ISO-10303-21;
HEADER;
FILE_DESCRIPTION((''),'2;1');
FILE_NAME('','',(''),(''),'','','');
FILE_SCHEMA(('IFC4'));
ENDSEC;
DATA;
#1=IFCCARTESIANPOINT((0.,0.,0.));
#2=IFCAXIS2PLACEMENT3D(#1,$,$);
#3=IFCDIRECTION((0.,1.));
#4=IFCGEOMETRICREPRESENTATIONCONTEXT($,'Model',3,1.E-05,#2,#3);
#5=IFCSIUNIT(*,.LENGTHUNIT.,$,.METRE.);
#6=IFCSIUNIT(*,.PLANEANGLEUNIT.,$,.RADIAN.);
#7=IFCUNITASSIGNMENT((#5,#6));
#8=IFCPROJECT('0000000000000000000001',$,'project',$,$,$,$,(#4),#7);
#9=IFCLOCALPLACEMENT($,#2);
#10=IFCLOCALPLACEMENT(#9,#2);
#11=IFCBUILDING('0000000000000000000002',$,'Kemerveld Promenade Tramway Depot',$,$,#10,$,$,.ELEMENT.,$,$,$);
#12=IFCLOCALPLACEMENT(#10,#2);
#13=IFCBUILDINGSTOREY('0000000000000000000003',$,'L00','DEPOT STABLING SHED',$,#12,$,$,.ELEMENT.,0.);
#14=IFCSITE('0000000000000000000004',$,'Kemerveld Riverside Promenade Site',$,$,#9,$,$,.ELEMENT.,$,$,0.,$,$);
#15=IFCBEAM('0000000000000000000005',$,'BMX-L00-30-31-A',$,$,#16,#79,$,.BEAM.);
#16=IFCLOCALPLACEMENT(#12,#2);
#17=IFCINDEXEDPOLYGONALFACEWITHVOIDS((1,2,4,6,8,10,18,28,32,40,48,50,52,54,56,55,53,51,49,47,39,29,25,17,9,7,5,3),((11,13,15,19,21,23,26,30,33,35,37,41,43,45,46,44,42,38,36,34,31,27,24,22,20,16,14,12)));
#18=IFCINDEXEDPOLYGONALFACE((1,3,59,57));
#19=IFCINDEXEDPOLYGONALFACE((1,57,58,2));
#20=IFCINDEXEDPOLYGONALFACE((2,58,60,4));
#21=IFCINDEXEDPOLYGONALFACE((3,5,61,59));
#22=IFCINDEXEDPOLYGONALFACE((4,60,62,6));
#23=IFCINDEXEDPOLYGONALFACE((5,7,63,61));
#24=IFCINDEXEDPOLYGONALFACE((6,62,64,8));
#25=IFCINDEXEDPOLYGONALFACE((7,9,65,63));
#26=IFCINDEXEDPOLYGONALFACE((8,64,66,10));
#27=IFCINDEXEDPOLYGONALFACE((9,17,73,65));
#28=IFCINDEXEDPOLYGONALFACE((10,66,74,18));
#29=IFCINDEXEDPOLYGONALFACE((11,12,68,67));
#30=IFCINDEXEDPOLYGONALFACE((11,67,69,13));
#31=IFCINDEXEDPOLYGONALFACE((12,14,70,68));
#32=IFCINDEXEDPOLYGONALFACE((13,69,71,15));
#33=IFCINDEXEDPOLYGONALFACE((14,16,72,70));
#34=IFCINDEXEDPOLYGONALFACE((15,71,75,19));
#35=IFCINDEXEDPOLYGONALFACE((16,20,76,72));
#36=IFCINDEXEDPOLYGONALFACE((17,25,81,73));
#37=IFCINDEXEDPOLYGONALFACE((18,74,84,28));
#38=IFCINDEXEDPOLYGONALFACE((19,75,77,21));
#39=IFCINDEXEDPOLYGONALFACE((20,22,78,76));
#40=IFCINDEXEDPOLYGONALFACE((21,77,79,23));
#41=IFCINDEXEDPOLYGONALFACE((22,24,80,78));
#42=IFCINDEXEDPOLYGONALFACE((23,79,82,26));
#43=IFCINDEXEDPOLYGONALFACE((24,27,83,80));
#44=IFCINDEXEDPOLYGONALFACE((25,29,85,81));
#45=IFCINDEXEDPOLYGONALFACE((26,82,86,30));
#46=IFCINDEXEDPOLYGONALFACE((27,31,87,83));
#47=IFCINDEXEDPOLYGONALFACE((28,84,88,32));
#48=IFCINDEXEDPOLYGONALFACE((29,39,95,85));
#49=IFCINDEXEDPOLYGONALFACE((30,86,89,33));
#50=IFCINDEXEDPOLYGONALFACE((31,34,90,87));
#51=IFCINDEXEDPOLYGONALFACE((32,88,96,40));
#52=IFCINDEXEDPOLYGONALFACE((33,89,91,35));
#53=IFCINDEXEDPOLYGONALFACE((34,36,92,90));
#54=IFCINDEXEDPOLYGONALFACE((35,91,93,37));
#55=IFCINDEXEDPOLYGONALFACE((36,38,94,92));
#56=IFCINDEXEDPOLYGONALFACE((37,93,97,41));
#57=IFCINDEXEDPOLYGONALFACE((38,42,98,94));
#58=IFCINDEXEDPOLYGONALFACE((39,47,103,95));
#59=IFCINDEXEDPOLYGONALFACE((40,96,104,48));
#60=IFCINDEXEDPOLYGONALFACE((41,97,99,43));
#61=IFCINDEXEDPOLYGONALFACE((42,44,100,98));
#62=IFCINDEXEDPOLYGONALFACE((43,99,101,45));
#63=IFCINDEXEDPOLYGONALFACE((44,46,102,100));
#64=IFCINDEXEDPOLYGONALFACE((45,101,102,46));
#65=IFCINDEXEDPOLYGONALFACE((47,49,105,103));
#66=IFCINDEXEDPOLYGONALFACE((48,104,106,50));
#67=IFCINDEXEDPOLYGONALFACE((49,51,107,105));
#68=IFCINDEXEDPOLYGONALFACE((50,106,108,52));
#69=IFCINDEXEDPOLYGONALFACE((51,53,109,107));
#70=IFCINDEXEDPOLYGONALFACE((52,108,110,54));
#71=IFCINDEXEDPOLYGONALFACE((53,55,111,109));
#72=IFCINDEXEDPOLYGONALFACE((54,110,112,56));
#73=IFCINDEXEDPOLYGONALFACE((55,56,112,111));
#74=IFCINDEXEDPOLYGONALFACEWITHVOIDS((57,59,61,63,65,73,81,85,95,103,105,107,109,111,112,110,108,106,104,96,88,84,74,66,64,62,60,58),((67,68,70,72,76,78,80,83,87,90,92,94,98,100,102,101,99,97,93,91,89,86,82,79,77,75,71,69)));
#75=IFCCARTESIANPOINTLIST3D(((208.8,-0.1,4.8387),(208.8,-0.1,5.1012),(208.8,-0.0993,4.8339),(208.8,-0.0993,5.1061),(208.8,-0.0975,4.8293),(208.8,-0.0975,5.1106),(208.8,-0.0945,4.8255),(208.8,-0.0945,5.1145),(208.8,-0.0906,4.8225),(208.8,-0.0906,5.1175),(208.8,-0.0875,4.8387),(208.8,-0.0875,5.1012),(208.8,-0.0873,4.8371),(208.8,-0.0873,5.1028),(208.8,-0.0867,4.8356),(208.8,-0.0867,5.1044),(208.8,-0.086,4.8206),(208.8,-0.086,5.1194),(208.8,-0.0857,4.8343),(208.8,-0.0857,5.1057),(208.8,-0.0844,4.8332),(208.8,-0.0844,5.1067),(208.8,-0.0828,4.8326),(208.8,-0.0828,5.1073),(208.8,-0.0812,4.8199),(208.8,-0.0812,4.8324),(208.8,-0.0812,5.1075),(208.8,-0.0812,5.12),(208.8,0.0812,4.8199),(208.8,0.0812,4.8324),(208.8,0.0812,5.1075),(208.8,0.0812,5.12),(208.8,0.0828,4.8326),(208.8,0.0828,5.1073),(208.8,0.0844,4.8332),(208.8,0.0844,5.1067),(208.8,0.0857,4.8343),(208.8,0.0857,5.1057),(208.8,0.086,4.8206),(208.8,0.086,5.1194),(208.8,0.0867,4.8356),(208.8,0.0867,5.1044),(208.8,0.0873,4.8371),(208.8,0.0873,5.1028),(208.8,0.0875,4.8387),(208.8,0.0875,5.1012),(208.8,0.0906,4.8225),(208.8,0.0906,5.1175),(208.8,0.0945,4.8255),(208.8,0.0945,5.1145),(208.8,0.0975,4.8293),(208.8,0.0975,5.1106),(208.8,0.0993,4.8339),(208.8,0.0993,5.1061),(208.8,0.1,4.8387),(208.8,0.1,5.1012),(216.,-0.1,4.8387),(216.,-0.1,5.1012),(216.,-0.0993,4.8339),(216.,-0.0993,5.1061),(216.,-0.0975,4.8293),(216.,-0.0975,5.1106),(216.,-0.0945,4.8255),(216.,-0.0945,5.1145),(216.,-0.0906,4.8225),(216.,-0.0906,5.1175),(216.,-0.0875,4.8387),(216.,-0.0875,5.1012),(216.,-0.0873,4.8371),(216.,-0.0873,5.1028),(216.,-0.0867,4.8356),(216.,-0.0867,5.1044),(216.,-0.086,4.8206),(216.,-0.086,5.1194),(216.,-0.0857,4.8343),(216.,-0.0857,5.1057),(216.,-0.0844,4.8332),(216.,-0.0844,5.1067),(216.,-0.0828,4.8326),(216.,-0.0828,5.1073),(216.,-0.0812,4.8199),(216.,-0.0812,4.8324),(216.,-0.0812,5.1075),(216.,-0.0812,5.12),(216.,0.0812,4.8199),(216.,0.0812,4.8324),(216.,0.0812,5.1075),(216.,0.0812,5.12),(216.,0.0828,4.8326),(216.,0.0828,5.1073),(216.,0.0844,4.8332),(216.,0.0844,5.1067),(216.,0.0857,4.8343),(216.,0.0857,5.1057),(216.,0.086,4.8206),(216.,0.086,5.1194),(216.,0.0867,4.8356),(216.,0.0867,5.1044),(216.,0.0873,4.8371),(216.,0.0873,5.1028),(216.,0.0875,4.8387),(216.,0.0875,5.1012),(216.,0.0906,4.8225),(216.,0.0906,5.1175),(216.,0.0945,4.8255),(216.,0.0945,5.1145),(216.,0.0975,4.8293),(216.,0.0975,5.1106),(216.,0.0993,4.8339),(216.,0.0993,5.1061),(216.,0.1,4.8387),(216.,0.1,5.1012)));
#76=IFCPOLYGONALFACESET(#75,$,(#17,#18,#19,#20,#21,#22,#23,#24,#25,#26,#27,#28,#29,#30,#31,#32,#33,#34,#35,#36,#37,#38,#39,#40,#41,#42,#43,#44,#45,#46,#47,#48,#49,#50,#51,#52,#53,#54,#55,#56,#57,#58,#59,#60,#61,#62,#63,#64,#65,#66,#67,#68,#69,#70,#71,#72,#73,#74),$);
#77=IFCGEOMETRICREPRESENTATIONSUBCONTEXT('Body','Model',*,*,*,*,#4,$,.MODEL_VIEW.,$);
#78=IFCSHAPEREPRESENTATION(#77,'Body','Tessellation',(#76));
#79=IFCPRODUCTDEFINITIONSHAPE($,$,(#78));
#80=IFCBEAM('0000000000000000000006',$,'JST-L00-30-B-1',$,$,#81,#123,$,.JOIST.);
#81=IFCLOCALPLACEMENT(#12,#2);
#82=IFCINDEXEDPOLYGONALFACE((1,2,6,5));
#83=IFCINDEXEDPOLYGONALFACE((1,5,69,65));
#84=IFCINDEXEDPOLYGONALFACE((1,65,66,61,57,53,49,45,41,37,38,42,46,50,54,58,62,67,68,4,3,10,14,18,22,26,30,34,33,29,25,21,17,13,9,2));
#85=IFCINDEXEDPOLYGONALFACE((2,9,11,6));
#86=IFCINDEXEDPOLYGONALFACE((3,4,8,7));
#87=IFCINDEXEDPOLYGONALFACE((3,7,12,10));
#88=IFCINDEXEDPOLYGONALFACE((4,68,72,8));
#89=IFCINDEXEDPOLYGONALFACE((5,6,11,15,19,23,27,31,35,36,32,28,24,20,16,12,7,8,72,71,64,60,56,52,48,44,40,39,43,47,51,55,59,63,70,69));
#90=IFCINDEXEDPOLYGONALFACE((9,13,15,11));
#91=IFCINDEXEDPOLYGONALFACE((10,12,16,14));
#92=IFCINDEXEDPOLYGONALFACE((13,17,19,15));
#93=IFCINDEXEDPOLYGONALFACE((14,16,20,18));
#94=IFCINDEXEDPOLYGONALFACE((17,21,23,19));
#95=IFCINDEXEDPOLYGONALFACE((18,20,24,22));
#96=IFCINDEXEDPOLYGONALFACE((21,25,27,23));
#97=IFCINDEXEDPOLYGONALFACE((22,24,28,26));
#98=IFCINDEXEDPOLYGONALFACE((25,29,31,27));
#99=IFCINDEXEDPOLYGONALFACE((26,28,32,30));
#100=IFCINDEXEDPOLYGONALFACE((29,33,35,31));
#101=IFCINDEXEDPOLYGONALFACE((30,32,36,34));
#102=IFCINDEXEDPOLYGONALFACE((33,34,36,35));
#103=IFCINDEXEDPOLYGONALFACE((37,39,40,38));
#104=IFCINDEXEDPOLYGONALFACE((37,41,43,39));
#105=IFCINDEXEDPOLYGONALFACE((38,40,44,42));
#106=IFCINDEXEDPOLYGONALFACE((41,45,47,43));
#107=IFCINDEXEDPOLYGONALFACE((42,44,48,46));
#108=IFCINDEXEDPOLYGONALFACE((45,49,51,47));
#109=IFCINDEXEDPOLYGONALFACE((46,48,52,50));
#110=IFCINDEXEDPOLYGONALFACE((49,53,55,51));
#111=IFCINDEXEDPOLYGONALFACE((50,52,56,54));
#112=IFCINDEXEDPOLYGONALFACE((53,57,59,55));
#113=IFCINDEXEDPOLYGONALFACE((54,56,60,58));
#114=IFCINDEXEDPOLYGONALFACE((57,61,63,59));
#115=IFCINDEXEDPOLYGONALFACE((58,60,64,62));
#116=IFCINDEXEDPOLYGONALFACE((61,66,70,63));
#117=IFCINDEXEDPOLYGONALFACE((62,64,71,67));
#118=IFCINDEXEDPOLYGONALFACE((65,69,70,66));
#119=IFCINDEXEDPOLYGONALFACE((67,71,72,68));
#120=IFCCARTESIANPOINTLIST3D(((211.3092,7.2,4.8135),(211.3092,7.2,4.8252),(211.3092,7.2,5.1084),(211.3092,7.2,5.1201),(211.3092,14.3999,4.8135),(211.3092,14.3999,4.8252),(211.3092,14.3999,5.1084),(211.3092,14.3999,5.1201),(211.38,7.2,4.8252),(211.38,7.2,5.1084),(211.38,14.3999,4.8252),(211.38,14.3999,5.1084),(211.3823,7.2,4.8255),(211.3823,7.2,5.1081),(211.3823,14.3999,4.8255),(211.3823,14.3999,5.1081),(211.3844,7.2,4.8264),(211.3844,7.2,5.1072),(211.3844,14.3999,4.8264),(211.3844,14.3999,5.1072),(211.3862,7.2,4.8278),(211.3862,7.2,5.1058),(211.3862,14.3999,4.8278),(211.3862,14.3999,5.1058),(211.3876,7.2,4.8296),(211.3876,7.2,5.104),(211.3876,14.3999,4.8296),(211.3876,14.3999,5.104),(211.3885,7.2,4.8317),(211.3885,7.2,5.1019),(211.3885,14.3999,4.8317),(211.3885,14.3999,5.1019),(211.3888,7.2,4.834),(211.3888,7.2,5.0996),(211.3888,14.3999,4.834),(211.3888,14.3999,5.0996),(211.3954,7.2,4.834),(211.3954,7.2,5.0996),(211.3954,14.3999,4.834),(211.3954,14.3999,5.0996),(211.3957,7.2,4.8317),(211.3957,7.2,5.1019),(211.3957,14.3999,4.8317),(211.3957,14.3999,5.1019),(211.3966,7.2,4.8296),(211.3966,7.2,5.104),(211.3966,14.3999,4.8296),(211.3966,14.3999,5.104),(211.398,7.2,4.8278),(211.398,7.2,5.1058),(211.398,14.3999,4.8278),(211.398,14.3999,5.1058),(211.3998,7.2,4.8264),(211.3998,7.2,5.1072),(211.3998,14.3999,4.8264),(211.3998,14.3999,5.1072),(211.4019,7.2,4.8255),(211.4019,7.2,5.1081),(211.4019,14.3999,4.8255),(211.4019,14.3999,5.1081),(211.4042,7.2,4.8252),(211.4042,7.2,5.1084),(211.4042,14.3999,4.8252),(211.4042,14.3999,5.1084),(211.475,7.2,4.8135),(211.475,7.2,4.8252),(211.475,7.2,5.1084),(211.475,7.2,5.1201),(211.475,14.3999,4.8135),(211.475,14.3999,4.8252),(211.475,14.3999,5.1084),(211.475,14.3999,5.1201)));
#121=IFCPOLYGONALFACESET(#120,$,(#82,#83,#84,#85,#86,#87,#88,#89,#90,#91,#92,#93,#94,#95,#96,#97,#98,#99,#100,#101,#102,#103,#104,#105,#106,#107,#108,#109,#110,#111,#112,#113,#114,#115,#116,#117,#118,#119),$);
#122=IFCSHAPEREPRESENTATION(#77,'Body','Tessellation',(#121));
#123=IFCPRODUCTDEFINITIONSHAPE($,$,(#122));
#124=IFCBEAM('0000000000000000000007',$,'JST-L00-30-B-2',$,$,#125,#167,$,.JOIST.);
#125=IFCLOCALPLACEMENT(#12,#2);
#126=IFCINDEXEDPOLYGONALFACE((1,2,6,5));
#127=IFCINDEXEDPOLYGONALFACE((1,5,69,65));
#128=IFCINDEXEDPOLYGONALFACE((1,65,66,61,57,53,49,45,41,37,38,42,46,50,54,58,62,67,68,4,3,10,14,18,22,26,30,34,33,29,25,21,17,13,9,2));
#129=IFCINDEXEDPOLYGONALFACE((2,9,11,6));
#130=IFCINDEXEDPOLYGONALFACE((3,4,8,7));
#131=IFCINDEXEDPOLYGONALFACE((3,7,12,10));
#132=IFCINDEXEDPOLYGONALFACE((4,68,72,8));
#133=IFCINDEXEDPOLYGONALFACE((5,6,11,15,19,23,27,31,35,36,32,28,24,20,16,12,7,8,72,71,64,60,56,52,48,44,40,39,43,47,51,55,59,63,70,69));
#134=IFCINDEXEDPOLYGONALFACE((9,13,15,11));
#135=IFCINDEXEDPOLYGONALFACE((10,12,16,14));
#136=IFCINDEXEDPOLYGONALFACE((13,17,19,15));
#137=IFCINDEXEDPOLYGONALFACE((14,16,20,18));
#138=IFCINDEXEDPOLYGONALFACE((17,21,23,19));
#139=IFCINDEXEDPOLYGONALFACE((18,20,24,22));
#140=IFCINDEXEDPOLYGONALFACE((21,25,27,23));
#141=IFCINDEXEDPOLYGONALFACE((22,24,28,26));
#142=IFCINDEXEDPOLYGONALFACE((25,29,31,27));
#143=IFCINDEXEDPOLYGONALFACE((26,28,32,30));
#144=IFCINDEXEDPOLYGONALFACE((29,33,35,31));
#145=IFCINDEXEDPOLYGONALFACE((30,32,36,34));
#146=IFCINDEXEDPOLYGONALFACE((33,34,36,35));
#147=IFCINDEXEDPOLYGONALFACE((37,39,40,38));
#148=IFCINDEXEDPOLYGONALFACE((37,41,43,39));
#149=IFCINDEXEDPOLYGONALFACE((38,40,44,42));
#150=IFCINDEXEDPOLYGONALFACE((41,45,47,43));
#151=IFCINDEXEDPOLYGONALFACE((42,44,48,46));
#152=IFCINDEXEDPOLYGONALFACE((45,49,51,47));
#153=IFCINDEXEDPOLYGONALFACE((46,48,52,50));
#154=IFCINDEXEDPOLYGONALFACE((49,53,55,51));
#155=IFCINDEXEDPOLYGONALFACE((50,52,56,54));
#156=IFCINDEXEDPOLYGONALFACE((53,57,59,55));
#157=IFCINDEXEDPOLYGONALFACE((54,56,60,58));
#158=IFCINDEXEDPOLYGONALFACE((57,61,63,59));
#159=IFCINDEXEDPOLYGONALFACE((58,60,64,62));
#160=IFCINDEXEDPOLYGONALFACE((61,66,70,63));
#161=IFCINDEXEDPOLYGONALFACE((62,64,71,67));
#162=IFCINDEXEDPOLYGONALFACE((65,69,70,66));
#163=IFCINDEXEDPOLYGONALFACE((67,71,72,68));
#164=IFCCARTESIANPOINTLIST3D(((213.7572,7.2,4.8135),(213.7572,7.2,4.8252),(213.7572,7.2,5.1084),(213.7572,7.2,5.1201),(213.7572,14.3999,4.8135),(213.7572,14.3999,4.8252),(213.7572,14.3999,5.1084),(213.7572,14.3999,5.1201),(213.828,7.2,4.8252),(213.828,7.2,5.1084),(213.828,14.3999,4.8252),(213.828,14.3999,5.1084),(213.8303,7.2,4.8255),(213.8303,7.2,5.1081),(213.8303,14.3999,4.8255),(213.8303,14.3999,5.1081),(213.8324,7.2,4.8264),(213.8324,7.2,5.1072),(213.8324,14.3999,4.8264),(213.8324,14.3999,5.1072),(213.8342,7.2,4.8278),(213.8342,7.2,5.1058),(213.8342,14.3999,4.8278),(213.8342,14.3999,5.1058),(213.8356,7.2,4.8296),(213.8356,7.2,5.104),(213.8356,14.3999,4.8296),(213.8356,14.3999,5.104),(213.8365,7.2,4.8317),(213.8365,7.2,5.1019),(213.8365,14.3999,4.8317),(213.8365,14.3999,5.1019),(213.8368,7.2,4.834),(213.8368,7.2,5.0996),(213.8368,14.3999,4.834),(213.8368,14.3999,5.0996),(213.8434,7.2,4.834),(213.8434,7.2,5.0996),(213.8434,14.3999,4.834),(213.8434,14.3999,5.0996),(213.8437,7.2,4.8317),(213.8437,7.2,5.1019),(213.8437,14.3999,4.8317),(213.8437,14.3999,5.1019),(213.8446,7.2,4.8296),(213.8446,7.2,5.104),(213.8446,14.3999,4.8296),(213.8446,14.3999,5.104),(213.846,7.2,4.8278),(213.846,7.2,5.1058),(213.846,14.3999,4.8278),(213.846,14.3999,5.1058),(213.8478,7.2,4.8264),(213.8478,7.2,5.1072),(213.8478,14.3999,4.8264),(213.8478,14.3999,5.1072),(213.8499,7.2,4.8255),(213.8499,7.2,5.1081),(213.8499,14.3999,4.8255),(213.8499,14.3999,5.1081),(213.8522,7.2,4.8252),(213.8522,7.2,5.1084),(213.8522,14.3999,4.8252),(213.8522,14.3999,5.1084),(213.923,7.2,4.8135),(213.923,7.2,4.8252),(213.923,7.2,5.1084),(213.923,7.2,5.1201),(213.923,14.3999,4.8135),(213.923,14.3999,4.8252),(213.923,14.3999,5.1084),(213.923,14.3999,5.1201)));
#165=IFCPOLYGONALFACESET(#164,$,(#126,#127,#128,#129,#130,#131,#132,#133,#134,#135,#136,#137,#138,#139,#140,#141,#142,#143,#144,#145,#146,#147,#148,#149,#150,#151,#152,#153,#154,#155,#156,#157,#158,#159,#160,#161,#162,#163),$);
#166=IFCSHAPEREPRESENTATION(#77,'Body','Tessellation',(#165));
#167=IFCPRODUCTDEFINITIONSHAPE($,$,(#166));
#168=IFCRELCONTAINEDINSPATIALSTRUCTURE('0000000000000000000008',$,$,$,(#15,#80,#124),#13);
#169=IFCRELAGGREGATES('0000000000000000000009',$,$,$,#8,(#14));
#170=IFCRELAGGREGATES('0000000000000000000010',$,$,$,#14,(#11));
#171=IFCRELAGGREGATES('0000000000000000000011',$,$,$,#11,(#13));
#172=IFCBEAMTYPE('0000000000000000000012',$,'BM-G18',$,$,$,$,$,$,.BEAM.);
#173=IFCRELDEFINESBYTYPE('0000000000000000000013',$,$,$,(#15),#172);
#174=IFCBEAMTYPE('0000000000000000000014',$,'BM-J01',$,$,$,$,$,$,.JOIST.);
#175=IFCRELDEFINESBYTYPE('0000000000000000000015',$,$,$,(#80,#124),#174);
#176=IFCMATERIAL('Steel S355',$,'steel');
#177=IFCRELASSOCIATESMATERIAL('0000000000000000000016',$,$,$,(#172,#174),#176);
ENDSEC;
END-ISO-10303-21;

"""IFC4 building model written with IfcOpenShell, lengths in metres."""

from ifc_helpers import new_model, si_unit, direction, frame, origin, origin_2d, place, context, subcontext, project, spatial, hollow_rectangle, i_section, extrude, material, material_profile, profile_set, type_object, element, save


model = new_model("IFC4")

# Units and contexts
model_context = context("Model", 3, precision=1e-05, world=origin(), true_north=direction((0.0, 1.0)))
body_context = subcontext(model_context, "Body", "Model", "MODEL_VIEW")
ifc_project = project(units=[si_unit("LENGTHUNIT", "METRE"), si_unit("PLANEANGLEUNIT", "RADIAN")], contexts=[model_context])

# Site, building, storey
site_placement = place(None, origin())
site = spatial("IfcSite", under=ifc_project, at=site_placement, Name="Kemerveld Riverside Promenade Site", CompositionType="ELEMENT", RefElevation=0.0)
building_placement = place(site_placement, origin())
building = spatial("IfcBuilding", under=site, at=building_placement, Name="Kemerveld Promenade Tramway Depot", CompositionType="ELEMENT")
storey_placement = place(building_placement, origin())
storey = spatial("IfcBuildingStorey", under=building, at=storey_placement, Name="L00", Description="DEPOT STABLING SHED", CompositionType="ELEMENT", Elevation=0.0)

# Shared definitions
ifc_material_1 = material(Name="Steel S355", Category="steel")

# Beams
ifc_material_profile_1 = material_profile(ifc_material_1, hollow_rectangle(XDim=0.2, YDim=0.3, WallThickness=0.0125, InnerFilletRadius=0.0063, OuterFilletRadius=0.0188, at=origin_2d()), Name="300x200x12.5 RHS")
ifc_profile_set_1 = profile_set([ifc_material_profile_1], Name="Steel S355")
beam_type_1 = type_object("IfcBeamType", Name="BM-G18", PredefinedType="BEAM", material=ifc_profile_set_1)
beam_1_placement = place(storey_placement, frame((208.8, 0.0, 4.97), z_axis=(1.0, 0.0, 0.0), x_axis=(0.0, 1.0, 0.0)))
element("IfcBeam", 1, at=beam_1_placement, inside=storey, type_object=beam_type_1, Name="BMX-L00-30-31-A", PredefinedType="BEAM", context=body_context, shape_type="SweptSolid", body=[
    extrude(hollow_rectangle(XDim=0.2, YDim=0.3, WallThickness=0.0125, InnerFilletRadius=0.0063, OuterFilletRadius=0.0188, at=origin_2d()), origin(), (0.0, 0.0, 1.0), 7.2),
])
ifc_material_profile_2 = material_profile(ifc_material_1, i_section(OverallWidth=0.1658, OverallDepth=0.3066, WebThickness=0.0066, FlangeThickness=0.0117, FilletRadius=0.0088, at=origin_2d()), Name="305x165x46 UB")
ifc_profile_set_2 = profile_set([ifc_material_profile_2], Name="Steel S355")
beam_type_2 = type_object("IfcBeamType", Name="BM-J01", PredefinedType="JOIST", material=ifc_profile_set_2)
for number, where, z_axis, x_axis, name in (
    (2, (211.3921, 7.2, 4.9668), (0.0, 1.0, 0.0), (-1.0, 0.0, 0.0), "JST-L00-30-B-1"),
    (3, (213.8401, 7.2, 4.9668), (0.0, 1.0, 0.0), (-1.0, 0.0, 0.0), "JST-L00-30-B-2"),
):
    element("IfcBeam", number, at=place(storey_placement, frame(where, z_axis=z_axis, x_axis=x_axis)), inside=storey, type_object=beam_type_2, Name=name, PredefinedType="JOIST", context=body_context, shape_type="SweptSolid", body=[
        extrude(i_section(OverallWidth=0.1658, OverallDepth=0.3066, WebThickness=0.0066, FlangeThickness=0.0117, FilletRadius=0.0088, at=origin_2d()), origin(), (0.0, 0.0, 1.0), 7.2),
    ])

save(model, "model.ifc")
